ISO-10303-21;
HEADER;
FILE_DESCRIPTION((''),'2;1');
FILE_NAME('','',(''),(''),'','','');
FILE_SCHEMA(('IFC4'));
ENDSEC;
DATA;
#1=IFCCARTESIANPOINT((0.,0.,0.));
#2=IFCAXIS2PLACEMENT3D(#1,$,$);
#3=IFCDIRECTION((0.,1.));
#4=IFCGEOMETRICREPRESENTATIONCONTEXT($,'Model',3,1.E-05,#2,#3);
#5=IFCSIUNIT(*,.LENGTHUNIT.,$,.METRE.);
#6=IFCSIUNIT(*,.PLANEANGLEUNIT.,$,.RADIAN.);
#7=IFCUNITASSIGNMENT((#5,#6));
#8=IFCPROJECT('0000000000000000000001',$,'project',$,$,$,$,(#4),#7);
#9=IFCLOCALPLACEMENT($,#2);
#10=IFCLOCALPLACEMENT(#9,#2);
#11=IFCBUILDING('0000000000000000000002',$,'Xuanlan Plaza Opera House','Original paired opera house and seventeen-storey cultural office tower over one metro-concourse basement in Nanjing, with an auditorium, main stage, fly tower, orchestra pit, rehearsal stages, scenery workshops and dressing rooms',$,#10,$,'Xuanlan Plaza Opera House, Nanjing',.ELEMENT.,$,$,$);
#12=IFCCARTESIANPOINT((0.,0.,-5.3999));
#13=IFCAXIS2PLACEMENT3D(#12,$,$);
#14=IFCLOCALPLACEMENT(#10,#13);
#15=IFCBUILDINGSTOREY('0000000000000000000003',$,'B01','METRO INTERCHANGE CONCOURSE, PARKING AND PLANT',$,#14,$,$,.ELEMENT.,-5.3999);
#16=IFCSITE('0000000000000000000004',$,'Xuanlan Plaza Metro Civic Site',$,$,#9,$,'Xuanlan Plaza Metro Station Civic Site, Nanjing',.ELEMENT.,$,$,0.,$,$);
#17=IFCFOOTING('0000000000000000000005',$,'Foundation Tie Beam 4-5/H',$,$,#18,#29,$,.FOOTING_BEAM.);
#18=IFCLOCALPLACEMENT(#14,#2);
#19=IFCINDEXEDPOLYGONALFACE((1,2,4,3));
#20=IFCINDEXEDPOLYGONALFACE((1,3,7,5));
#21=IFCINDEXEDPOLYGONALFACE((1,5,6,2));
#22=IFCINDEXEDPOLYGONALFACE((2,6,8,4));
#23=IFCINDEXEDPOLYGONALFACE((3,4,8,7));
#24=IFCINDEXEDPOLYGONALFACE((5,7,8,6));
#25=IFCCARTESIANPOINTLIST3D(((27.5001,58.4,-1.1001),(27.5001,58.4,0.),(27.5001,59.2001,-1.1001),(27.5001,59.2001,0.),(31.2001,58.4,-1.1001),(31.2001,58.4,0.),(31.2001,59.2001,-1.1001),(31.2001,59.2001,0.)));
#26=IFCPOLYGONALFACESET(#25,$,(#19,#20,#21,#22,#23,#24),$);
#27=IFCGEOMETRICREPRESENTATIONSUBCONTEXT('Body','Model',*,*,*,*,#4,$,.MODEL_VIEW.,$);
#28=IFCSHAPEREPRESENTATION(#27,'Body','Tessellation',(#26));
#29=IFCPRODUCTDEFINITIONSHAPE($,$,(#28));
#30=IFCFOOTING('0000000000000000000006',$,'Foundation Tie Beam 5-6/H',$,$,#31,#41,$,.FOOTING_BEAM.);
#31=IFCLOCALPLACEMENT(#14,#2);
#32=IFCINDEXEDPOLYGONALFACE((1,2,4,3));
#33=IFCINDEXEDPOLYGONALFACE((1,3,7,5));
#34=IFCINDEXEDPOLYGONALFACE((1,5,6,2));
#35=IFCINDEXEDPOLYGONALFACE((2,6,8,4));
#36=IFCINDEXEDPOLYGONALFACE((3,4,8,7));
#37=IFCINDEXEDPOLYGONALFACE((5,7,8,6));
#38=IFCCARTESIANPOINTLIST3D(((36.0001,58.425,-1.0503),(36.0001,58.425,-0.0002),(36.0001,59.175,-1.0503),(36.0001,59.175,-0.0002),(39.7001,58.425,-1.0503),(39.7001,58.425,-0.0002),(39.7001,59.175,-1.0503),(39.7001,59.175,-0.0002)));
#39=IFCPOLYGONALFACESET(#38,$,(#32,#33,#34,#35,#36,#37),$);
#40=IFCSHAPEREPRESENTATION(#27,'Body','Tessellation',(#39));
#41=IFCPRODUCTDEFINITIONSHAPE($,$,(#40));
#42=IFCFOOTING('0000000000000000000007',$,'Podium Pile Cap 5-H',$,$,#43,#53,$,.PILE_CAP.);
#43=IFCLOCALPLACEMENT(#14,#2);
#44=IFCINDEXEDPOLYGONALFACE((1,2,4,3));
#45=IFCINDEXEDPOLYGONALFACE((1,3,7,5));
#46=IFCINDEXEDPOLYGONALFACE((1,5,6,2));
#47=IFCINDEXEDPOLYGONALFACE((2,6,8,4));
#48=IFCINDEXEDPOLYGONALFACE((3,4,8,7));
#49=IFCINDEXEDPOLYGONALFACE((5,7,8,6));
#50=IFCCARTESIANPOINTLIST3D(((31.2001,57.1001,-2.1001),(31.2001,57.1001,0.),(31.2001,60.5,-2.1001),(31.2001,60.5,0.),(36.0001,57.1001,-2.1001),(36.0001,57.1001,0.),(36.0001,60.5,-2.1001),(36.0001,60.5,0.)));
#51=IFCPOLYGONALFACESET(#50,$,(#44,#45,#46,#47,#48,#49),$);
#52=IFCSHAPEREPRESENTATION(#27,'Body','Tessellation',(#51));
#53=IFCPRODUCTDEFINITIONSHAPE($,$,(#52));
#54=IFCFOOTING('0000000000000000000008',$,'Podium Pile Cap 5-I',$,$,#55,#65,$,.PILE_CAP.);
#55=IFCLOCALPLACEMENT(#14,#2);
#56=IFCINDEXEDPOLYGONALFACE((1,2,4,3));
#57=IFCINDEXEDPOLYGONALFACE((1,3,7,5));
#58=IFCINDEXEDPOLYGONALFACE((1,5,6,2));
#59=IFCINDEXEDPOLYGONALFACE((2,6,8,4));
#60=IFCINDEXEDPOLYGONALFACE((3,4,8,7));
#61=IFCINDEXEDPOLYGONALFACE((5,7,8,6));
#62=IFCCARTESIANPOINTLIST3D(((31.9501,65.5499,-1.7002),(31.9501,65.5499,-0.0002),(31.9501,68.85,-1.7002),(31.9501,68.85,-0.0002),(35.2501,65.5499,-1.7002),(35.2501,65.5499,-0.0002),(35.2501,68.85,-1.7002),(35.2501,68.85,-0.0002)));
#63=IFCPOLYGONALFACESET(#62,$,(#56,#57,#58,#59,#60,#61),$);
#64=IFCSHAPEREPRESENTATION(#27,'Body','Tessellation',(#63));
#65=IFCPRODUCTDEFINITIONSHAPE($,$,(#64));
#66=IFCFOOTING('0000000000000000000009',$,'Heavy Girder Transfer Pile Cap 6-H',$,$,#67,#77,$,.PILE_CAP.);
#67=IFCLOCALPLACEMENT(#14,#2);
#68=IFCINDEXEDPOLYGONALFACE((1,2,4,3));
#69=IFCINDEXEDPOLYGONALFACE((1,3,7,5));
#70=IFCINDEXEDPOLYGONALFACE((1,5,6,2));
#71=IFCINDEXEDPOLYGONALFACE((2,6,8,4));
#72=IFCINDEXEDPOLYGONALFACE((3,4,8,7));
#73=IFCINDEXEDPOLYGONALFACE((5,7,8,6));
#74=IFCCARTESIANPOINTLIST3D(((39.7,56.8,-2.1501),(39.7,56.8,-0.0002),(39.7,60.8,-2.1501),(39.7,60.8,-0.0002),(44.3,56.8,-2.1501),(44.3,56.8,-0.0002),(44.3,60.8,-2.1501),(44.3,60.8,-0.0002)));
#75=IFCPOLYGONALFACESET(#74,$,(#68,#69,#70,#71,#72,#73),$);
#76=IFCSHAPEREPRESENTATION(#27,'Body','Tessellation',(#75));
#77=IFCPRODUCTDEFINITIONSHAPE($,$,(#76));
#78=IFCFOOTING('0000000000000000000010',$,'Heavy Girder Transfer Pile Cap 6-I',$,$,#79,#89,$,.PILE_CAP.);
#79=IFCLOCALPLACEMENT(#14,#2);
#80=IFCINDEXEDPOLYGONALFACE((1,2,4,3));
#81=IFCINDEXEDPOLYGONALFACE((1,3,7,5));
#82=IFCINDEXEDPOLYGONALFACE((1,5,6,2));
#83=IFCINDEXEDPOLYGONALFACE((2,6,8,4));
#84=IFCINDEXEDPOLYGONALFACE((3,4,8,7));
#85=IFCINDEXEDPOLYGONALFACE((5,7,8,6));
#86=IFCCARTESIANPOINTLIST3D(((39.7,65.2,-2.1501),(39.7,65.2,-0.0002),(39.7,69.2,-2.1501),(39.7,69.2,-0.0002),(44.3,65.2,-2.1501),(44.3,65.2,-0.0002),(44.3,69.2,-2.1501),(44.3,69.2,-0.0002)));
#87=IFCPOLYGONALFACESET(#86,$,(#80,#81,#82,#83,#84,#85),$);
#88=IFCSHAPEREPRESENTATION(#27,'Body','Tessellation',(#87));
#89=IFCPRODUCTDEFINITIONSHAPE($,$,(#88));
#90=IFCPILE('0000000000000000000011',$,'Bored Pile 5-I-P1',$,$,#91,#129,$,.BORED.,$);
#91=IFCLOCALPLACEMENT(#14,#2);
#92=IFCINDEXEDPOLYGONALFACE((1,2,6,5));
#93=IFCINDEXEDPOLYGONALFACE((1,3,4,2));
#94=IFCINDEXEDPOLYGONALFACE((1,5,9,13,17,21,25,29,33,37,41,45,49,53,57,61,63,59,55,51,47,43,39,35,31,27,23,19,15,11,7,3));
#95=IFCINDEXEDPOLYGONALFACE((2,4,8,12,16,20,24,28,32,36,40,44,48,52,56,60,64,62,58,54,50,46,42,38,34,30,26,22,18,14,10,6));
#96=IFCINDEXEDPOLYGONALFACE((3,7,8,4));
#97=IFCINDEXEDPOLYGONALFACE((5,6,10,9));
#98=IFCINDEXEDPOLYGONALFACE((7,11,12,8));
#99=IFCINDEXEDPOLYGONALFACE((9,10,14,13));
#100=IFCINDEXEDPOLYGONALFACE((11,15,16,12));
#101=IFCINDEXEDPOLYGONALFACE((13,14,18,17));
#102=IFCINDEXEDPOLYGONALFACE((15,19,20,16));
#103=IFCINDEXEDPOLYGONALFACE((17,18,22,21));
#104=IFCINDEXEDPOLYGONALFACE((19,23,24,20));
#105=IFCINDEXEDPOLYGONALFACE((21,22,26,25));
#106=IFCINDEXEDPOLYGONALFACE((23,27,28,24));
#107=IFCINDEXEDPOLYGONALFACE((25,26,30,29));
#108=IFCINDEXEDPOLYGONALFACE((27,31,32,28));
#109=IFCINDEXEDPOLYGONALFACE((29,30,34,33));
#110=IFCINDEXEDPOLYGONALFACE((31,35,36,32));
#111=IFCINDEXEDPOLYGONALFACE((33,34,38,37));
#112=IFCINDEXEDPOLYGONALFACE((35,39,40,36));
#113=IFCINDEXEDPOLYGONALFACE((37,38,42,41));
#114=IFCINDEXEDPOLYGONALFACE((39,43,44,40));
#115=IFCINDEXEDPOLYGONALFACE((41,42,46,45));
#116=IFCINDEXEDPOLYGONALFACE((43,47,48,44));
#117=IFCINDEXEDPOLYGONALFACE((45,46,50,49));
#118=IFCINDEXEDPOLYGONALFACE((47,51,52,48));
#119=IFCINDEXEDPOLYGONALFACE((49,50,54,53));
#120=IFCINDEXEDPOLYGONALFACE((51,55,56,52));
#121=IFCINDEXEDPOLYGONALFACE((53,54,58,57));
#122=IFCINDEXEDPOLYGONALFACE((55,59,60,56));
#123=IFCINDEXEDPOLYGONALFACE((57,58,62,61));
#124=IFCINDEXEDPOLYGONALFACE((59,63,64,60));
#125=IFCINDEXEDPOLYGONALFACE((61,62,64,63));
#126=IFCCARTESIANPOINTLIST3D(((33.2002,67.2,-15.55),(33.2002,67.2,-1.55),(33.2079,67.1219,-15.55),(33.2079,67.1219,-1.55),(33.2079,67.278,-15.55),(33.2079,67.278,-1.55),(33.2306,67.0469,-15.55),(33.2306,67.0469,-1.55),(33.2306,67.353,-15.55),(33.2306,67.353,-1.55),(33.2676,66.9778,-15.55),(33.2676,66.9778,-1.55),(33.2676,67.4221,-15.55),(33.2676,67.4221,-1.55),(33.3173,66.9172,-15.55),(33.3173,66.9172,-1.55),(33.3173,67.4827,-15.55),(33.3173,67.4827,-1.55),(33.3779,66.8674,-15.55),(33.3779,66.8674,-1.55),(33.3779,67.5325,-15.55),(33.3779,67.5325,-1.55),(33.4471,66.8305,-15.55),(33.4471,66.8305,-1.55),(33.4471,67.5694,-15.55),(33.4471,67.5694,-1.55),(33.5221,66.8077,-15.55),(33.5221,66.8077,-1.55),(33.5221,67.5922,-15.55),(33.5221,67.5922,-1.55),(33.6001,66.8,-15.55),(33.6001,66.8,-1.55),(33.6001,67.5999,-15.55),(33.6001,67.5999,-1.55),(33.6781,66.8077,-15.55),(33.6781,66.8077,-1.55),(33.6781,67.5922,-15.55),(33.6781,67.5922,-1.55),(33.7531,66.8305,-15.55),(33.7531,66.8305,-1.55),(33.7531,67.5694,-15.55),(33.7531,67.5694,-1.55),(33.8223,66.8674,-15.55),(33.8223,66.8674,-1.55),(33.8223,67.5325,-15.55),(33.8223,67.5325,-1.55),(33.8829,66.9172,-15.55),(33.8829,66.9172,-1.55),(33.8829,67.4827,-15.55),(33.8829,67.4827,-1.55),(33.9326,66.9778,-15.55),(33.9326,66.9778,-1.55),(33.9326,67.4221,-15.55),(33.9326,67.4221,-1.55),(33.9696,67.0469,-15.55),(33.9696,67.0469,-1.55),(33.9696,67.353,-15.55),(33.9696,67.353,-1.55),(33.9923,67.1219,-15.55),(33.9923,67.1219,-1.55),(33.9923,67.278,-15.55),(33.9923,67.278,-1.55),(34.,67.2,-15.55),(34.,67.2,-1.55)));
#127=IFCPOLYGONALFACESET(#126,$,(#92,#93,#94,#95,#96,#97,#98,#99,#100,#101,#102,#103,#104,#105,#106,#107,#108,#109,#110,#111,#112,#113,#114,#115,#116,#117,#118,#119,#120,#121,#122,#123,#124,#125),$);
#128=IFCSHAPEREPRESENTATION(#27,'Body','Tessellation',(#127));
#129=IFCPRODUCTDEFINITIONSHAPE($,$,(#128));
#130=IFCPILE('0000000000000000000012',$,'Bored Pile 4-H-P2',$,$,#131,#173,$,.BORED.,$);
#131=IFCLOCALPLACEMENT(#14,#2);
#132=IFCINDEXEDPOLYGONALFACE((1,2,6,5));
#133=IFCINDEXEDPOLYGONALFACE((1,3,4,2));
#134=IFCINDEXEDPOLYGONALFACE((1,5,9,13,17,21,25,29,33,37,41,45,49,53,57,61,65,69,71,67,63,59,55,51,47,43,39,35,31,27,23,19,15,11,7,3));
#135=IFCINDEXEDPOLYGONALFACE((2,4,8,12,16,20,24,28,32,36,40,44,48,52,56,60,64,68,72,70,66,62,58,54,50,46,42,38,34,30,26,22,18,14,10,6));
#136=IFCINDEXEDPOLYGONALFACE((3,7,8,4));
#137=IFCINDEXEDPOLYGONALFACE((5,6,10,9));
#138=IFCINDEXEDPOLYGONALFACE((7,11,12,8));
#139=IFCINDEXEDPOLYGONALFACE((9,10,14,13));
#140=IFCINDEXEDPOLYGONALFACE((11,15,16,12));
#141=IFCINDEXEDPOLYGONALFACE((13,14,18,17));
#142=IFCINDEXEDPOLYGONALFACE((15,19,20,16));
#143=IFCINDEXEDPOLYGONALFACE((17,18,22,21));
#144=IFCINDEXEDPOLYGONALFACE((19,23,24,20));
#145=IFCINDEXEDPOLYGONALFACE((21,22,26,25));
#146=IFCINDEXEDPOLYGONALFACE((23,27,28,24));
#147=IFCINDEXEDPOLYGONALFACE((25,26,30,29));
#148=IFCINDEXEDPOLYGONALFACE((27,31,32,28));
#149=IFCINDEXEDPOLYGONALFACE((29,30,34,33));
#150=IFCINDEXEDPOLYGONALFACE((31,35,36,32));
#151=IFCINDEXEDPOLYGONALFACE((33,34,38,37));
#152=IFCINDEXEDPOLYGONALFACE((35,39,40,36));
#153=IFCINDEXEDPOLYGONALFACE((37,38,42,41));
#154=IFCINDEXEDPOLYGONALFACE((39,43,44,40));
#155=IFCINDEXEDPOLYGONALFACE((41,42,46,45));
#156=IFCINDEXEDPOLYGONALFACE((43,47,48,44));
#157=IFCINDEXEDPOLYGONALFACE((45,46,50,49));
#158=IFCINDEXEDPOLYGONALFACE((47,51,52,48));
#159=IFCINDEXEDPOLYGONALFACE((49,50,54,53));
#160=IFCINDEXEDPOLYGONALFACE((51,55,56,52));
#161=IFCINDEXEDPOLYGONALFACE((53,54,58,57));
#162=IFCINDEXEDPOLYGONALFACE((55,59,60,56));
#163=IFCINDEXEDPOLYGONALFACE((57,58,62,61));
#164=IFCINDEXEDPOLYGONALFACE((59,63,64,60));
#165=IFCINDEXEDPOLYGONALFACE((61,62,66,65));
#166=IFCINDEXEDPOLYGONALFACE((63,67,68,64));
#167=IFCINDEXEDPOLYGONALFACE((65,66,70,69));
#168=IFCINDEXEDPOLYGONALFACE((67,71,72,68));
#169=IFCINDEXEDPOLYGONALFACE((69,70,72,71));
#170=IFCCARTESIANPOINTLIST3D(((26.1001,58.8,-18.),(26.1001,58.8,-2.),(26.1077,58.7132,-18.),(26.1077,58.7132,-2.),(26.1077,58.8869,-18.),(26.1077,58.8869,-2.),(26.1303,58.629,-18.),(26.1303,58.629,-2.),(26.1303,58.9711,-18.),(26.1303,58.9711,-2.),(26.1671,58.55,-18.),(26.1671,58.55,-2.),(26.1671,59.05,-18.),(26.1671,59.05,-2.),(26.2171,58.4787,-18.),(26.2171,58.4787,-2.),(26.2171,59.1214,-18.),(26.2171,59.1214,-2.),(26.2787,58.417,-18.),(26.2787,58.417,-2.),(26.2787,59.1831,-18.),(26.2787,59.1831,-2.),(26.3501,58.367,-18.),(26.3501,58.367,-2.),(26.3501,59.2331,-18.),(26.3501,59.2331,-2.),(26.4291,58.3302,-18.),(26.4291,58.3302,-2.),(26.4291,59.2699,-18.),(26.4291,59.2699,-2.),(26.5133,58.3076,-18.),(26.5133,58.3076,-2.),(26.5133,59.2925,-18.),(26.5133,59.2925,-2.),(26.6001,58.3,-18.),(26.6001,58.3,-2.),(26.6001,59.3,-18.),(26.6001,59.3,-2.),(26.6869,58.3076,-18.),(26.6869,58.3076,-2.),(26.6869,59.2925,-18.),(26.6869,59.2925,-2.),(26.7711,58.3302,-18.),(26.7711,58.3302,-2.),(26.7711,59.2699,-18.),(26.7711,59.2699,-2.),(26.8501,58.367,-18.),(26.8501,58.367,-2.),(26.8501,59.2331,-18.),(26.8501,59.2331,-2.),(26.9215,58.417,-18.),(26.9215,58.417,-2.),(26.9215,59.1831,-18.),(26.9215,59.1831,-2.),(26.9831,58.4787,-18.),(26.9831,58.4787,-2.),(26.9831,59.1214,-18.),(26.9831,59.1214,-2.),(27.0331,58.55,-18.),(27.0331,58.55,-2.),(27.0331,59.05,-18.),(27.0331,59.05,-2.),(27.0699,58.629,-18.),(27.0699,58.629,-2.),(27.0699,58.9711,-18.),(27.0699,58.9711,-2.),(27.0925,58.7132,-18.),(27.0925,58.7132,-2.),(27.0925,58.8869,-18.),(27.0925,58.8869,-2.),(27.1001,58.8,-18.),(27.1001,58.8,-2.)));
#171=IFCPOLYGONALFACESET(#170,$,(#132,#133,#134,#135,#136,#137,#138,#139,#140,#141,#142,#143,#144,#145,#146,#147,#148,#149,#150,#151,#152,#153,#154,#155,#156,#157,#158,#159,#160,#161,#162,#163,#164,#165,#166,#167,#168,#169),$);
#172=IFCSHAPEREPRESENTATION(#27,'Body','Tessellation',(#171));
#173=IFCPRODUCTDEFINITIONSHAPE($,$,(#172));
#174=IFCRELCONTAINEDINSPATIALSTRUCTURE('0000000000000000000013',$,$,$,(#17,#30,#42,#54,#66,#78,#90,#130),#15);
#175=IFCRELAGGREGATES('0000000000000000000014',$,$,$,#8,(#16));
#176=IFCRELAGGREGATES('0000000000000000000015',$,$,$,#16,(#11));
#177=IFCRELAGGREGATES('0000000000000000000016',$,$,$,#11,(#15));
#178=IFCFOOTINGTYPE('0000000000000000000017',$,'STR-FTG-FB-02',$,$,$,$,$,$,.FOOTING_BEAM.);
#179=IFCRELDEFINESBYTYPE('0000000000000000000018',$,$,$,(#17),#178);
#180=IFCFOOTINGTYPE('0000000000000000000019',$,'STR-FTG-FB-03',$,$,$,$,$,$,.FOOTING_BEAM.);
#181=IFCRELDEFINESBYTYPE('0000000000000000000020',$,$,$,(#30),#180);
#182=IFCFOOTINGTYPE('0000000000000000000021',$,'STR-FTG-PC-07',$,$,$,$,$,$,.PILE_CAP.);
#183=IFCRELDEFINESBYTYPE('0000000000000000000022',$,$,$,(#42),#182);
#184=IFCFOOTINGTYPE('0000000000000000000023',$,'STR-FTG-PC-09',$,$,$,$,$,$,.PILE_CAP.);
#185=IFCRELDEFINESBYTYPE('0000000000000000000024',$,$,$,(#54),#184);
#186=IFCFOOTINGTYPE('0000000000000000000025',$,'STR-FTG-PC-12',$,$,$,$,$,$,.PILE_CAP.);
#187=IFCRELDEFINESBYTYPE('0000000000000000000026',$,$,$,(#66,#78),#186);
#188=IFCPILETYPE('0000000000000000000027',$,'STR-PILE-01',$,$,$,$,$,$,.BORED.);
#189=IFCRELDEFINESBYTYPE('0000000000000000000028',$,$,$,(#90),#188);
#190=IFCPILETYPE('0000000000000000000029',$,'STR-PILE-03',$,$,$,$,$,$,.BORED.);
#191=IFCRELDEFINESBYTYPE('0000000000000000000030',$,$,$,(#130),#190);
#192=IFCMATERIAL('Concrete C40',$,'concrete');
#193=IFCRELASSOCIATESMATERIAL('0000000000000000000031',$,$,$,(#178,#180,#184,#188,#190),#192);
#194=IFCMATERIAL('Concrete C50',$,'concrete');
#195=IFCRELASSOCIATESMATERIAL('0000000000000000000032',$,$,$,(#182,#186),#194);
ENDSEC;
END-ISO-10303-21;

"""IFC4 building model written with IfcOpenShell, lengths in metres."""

from ifc_helpers import new_model, si_unit, direction, frame, origin, origin_2d, place, context, subcontext, project, spatial, rectangle, circle, extrude, material, material_profile, profile_set, type_object, element, save


model = new_model("IFC4")

# Units and contexts
model_context = context("Model", 3, precision=1e-05, world=origin(), true_north=direction((0.0, 1.0)))
body_context = subcontext(model_context, "Body", "Model", "MODEL_VIEW")
ifc_project = project(units=[si_unit("LENGTHUNIT", "METRE"), si_unit("PLANEANGLEUNIT", "RADIAN")], contexts=[model_context])

# Site, building, storey
site_placement = place(None, origin())
site = spatial("IfcSite", under=ifc_project, at=site_placement, Name="Xuanlan Plaza Metro Civic Site", LongName="Xuanlan Plaza Metro Station Civic Site, Nanjing", CompositionType="ELEMENT", RefElevation=0.0)
building_placement = place(site_placement, origin())
building = spatial("IfcBuilding", under=site, at=building_placement, Name="Xuanlan Plaza Opera House", Description="Original paired opera house and seventeen-storey cultural office tower over one metro-concourse basement in Nanjing, with an auditorium, main stage, fly tower, orchestra pit, rehearsal stages, scenery workshops and dressing rooms", LongName="Xuanlan Plaza Opera House, Nanjing", CompositionType="ELEMENT")
storey_placement = place(building_placement, frame((0.0, 0.0, -5.3999)))
storey = spatial("IfcBuildingStorey", under=building, at=storey_placement, Name="B01", Description="METRO INTERCHANGE CONCOURSE, PARKING AND PLANT", CompositionType="ELEMENT", Elevation=-5.3999)

# Footings
ifc_material_1 = material(Name="Concrete C40", Category="concrete")
footing_type_1 = type_object("IfcFootingType", Name="STR-FTG-FB-02", PredefinedType="FOOTING_BEAM", material=ifc_material_1)
footing_1_placement = place(storey_placement, frame((29.3501, 58.8, -1.1001), z_axis=(0.0, 0.0, 1.0), x_axis=(1.0, 0.0, 0.0)))
element("IfcFooting", 1, at=footing_1_placement, inside=storey, type_object=footing_type_1, Name="Foundation Tie Beam 4-5/H", PredefinedType="FOOTING_BEAM", context=body_context, shape_type="SweptSolid", body=[
    extrude(rectangle(XDim=3.7, YDim=0.8, at=origin_2d()), origin(), (0.0, 0.0, 1.0), 1.1001),
])
footing_type_2 = type_object("IfcFootingType", Name="STR-FTG-FB-03", PredefinedType="FOOTING_BEAM", material=ifc_material_1)
footing_2_placement = place(storey_placement, frame((37.8501, 58.8, -1.0503), z_axis=(0.0, 0.0, 1.0), x_axis=(1.0, 0.0, 0.0)))
element("IfcFooting", 2, at=footing_2_placement, inside=storey, type_object=footing_type_2, Name="Foundation Tie Beam 5-6/H", PredefinedType="FOOTING_BEAM", context=body_context, shape_type="SweptSolid", body=[
    extrude(rectangle(XDim=3.7, YDim=0.75, at=origin_2d()), origin(), (0.0, 0.0, 1.0), 1.05),
])
ifc_material_2 = material(Name="Concrete C50", Category="concrete")
footing_type_3 = type_object("IfcFootingType", Name="STR-FTG-PC-07", PredefinedType="PILE_CAP", material=ifc_material_2)
footing_3_placement = place(storey_placement, frame((33.6001, 58.8, -2.1001), z_axis=(0.0, 0.0, 1.0), x_axis=(1.0, 0.0, 0.0)))
element("IfcFooting", 3, at=footing_3_placement, inside=storey, type_object=footing_type_3, Name="Podium Pile Cap 5-H", PredefinedType="PILE_CAP", context=body_context, shape_type="SweptSolid", body=[
    extrude(rectangle(XDim=4.8, YDim=3.3999, at=origin_2d()), origin(), (0.0, 0.0, 1.0), 2.1001),
])
footing_type_4 = type_object("IfcFootingType", Name="STR-FTG-PC-09", PredefinedType="PILE_CAP", material=ifc_material_1)
footing_4_placement = place(storey_placement, frame((33.6001, 67.2, -1.7002), z_axis=(0.0, 0.0, 1.0), x_axis=(1.0, 0.0, 0.0)))
element("IfcFooting", 4, at=footing_4_placement, inside=storey, type_object=footing_type_4, Name="Podium Pile Cap 5-I", PredefinedType="PILE_CAP", context=body_context, shape_type="SweptSolid", body=[
    extrude(rectangle(XDim=3.3, YDim=3.3, at=origin_2d()), origin(), (0.0, 0.0, 1.0), 1.7),
])
footing_type_5 = type_object("IfcFootingType", Name="STR-FTG-PC-12", PredefinedType="PILE_CAP", material=ifc_material_2)
for number, where, z_axis, x_axis, name in (
    (5, (42.0, 58.8, -2.1501), (0.0, 0.0, 1.0), (1.0, 0.0, 0.0), "Heavy Girder Transfer Pile Cap 6-H"),
    (6, (42.0, 67.2, -2.1501), (0.0, 0.0, 1.0), (1.0, 0.0, 0.0), "Heavy Girder Transfer Pile Cap 6-I"),
):
    element("IfcFooting", number, at=place(storey_placement, frame(where, z_axis=z_axis, x_axis=x_axis)), inside=storey, type_object=footing_type_5, Name=name, PredefinedType="PILE_CAP", context=body_context, shape_type="SweptSolid", body=[
        extrude(rectangle(XDim=4.6001, YDim=4.0, at=origin_2d()), origin(), (0.0, 0.0, 1.0), 2.1499),
    ])

# Piles
ifc_material_profile_1 = material_profile(ifc_material_1, circle(Radius=0.3999, at=origin_2d()), Name="PILE D800")
ifc_profile_set_1 = profile_set([ifc_material_profile_1], Name="Concrete C40")
pile_type_1 = type_object("IfcPileType", Name="STR-PILE-01", PredefinedType="BORED", material=ifc_profile_set_1)
pile_placement = place(storey_placement, frame((33.6001, 67.2, -1.55), z_axis=(0.0, 0.0, -1.0), x_axis=(1.0, 0.0, 0.0)))
element("IfcPile", 7, at=pile_placement, inside=storey, type_object=pile_type_1, Name="Bored Pile 5-I-P1", PredefinedType="BORED", context=body_context, shape_type="SweptSolid", body=[
    extrude(circle(Radius=0.3999, at=origin_2d()), origin(), (0.0, 0.0, 1.0), 14.0),
])
ifc_material_profile_2 = material_profile(ifc_material_1, circle(Radius=0.5, at=origin_2d()), Name="PILE D1000")
ifc_profile_set_2 = profile_set([ifc_material_profile_2], Name="Concrete C40")
pile_type_2 = type_object("IfcPileType", Name="STR-PILE-03", PredefinedType="BORED", material=ifc_profile_set_2)
for number, where, z_axis, x_axis, name in (
    (8, (26.6001, 58.8, -2.0), (0.0, 0.0, -1.0), (1.0, 0.0, 0.0), "Bored Pile 4-H-P2"),
):
    element("IfcPile", number, at=place(storey_placement, frame(where, z_axis=z_axis, x_axis=x_axis)), inside=storey, type_object=pile_type_2, Name=name, PredefinedType="BORED", context=body_context, shape_type="SweptSolid", body=[
        extrude(circle(Radius=0.5, at=origin_2d()), origin(), (0.0, 0.0, 1.0), 16.0),
    ])

save(model, "model.ifc")
